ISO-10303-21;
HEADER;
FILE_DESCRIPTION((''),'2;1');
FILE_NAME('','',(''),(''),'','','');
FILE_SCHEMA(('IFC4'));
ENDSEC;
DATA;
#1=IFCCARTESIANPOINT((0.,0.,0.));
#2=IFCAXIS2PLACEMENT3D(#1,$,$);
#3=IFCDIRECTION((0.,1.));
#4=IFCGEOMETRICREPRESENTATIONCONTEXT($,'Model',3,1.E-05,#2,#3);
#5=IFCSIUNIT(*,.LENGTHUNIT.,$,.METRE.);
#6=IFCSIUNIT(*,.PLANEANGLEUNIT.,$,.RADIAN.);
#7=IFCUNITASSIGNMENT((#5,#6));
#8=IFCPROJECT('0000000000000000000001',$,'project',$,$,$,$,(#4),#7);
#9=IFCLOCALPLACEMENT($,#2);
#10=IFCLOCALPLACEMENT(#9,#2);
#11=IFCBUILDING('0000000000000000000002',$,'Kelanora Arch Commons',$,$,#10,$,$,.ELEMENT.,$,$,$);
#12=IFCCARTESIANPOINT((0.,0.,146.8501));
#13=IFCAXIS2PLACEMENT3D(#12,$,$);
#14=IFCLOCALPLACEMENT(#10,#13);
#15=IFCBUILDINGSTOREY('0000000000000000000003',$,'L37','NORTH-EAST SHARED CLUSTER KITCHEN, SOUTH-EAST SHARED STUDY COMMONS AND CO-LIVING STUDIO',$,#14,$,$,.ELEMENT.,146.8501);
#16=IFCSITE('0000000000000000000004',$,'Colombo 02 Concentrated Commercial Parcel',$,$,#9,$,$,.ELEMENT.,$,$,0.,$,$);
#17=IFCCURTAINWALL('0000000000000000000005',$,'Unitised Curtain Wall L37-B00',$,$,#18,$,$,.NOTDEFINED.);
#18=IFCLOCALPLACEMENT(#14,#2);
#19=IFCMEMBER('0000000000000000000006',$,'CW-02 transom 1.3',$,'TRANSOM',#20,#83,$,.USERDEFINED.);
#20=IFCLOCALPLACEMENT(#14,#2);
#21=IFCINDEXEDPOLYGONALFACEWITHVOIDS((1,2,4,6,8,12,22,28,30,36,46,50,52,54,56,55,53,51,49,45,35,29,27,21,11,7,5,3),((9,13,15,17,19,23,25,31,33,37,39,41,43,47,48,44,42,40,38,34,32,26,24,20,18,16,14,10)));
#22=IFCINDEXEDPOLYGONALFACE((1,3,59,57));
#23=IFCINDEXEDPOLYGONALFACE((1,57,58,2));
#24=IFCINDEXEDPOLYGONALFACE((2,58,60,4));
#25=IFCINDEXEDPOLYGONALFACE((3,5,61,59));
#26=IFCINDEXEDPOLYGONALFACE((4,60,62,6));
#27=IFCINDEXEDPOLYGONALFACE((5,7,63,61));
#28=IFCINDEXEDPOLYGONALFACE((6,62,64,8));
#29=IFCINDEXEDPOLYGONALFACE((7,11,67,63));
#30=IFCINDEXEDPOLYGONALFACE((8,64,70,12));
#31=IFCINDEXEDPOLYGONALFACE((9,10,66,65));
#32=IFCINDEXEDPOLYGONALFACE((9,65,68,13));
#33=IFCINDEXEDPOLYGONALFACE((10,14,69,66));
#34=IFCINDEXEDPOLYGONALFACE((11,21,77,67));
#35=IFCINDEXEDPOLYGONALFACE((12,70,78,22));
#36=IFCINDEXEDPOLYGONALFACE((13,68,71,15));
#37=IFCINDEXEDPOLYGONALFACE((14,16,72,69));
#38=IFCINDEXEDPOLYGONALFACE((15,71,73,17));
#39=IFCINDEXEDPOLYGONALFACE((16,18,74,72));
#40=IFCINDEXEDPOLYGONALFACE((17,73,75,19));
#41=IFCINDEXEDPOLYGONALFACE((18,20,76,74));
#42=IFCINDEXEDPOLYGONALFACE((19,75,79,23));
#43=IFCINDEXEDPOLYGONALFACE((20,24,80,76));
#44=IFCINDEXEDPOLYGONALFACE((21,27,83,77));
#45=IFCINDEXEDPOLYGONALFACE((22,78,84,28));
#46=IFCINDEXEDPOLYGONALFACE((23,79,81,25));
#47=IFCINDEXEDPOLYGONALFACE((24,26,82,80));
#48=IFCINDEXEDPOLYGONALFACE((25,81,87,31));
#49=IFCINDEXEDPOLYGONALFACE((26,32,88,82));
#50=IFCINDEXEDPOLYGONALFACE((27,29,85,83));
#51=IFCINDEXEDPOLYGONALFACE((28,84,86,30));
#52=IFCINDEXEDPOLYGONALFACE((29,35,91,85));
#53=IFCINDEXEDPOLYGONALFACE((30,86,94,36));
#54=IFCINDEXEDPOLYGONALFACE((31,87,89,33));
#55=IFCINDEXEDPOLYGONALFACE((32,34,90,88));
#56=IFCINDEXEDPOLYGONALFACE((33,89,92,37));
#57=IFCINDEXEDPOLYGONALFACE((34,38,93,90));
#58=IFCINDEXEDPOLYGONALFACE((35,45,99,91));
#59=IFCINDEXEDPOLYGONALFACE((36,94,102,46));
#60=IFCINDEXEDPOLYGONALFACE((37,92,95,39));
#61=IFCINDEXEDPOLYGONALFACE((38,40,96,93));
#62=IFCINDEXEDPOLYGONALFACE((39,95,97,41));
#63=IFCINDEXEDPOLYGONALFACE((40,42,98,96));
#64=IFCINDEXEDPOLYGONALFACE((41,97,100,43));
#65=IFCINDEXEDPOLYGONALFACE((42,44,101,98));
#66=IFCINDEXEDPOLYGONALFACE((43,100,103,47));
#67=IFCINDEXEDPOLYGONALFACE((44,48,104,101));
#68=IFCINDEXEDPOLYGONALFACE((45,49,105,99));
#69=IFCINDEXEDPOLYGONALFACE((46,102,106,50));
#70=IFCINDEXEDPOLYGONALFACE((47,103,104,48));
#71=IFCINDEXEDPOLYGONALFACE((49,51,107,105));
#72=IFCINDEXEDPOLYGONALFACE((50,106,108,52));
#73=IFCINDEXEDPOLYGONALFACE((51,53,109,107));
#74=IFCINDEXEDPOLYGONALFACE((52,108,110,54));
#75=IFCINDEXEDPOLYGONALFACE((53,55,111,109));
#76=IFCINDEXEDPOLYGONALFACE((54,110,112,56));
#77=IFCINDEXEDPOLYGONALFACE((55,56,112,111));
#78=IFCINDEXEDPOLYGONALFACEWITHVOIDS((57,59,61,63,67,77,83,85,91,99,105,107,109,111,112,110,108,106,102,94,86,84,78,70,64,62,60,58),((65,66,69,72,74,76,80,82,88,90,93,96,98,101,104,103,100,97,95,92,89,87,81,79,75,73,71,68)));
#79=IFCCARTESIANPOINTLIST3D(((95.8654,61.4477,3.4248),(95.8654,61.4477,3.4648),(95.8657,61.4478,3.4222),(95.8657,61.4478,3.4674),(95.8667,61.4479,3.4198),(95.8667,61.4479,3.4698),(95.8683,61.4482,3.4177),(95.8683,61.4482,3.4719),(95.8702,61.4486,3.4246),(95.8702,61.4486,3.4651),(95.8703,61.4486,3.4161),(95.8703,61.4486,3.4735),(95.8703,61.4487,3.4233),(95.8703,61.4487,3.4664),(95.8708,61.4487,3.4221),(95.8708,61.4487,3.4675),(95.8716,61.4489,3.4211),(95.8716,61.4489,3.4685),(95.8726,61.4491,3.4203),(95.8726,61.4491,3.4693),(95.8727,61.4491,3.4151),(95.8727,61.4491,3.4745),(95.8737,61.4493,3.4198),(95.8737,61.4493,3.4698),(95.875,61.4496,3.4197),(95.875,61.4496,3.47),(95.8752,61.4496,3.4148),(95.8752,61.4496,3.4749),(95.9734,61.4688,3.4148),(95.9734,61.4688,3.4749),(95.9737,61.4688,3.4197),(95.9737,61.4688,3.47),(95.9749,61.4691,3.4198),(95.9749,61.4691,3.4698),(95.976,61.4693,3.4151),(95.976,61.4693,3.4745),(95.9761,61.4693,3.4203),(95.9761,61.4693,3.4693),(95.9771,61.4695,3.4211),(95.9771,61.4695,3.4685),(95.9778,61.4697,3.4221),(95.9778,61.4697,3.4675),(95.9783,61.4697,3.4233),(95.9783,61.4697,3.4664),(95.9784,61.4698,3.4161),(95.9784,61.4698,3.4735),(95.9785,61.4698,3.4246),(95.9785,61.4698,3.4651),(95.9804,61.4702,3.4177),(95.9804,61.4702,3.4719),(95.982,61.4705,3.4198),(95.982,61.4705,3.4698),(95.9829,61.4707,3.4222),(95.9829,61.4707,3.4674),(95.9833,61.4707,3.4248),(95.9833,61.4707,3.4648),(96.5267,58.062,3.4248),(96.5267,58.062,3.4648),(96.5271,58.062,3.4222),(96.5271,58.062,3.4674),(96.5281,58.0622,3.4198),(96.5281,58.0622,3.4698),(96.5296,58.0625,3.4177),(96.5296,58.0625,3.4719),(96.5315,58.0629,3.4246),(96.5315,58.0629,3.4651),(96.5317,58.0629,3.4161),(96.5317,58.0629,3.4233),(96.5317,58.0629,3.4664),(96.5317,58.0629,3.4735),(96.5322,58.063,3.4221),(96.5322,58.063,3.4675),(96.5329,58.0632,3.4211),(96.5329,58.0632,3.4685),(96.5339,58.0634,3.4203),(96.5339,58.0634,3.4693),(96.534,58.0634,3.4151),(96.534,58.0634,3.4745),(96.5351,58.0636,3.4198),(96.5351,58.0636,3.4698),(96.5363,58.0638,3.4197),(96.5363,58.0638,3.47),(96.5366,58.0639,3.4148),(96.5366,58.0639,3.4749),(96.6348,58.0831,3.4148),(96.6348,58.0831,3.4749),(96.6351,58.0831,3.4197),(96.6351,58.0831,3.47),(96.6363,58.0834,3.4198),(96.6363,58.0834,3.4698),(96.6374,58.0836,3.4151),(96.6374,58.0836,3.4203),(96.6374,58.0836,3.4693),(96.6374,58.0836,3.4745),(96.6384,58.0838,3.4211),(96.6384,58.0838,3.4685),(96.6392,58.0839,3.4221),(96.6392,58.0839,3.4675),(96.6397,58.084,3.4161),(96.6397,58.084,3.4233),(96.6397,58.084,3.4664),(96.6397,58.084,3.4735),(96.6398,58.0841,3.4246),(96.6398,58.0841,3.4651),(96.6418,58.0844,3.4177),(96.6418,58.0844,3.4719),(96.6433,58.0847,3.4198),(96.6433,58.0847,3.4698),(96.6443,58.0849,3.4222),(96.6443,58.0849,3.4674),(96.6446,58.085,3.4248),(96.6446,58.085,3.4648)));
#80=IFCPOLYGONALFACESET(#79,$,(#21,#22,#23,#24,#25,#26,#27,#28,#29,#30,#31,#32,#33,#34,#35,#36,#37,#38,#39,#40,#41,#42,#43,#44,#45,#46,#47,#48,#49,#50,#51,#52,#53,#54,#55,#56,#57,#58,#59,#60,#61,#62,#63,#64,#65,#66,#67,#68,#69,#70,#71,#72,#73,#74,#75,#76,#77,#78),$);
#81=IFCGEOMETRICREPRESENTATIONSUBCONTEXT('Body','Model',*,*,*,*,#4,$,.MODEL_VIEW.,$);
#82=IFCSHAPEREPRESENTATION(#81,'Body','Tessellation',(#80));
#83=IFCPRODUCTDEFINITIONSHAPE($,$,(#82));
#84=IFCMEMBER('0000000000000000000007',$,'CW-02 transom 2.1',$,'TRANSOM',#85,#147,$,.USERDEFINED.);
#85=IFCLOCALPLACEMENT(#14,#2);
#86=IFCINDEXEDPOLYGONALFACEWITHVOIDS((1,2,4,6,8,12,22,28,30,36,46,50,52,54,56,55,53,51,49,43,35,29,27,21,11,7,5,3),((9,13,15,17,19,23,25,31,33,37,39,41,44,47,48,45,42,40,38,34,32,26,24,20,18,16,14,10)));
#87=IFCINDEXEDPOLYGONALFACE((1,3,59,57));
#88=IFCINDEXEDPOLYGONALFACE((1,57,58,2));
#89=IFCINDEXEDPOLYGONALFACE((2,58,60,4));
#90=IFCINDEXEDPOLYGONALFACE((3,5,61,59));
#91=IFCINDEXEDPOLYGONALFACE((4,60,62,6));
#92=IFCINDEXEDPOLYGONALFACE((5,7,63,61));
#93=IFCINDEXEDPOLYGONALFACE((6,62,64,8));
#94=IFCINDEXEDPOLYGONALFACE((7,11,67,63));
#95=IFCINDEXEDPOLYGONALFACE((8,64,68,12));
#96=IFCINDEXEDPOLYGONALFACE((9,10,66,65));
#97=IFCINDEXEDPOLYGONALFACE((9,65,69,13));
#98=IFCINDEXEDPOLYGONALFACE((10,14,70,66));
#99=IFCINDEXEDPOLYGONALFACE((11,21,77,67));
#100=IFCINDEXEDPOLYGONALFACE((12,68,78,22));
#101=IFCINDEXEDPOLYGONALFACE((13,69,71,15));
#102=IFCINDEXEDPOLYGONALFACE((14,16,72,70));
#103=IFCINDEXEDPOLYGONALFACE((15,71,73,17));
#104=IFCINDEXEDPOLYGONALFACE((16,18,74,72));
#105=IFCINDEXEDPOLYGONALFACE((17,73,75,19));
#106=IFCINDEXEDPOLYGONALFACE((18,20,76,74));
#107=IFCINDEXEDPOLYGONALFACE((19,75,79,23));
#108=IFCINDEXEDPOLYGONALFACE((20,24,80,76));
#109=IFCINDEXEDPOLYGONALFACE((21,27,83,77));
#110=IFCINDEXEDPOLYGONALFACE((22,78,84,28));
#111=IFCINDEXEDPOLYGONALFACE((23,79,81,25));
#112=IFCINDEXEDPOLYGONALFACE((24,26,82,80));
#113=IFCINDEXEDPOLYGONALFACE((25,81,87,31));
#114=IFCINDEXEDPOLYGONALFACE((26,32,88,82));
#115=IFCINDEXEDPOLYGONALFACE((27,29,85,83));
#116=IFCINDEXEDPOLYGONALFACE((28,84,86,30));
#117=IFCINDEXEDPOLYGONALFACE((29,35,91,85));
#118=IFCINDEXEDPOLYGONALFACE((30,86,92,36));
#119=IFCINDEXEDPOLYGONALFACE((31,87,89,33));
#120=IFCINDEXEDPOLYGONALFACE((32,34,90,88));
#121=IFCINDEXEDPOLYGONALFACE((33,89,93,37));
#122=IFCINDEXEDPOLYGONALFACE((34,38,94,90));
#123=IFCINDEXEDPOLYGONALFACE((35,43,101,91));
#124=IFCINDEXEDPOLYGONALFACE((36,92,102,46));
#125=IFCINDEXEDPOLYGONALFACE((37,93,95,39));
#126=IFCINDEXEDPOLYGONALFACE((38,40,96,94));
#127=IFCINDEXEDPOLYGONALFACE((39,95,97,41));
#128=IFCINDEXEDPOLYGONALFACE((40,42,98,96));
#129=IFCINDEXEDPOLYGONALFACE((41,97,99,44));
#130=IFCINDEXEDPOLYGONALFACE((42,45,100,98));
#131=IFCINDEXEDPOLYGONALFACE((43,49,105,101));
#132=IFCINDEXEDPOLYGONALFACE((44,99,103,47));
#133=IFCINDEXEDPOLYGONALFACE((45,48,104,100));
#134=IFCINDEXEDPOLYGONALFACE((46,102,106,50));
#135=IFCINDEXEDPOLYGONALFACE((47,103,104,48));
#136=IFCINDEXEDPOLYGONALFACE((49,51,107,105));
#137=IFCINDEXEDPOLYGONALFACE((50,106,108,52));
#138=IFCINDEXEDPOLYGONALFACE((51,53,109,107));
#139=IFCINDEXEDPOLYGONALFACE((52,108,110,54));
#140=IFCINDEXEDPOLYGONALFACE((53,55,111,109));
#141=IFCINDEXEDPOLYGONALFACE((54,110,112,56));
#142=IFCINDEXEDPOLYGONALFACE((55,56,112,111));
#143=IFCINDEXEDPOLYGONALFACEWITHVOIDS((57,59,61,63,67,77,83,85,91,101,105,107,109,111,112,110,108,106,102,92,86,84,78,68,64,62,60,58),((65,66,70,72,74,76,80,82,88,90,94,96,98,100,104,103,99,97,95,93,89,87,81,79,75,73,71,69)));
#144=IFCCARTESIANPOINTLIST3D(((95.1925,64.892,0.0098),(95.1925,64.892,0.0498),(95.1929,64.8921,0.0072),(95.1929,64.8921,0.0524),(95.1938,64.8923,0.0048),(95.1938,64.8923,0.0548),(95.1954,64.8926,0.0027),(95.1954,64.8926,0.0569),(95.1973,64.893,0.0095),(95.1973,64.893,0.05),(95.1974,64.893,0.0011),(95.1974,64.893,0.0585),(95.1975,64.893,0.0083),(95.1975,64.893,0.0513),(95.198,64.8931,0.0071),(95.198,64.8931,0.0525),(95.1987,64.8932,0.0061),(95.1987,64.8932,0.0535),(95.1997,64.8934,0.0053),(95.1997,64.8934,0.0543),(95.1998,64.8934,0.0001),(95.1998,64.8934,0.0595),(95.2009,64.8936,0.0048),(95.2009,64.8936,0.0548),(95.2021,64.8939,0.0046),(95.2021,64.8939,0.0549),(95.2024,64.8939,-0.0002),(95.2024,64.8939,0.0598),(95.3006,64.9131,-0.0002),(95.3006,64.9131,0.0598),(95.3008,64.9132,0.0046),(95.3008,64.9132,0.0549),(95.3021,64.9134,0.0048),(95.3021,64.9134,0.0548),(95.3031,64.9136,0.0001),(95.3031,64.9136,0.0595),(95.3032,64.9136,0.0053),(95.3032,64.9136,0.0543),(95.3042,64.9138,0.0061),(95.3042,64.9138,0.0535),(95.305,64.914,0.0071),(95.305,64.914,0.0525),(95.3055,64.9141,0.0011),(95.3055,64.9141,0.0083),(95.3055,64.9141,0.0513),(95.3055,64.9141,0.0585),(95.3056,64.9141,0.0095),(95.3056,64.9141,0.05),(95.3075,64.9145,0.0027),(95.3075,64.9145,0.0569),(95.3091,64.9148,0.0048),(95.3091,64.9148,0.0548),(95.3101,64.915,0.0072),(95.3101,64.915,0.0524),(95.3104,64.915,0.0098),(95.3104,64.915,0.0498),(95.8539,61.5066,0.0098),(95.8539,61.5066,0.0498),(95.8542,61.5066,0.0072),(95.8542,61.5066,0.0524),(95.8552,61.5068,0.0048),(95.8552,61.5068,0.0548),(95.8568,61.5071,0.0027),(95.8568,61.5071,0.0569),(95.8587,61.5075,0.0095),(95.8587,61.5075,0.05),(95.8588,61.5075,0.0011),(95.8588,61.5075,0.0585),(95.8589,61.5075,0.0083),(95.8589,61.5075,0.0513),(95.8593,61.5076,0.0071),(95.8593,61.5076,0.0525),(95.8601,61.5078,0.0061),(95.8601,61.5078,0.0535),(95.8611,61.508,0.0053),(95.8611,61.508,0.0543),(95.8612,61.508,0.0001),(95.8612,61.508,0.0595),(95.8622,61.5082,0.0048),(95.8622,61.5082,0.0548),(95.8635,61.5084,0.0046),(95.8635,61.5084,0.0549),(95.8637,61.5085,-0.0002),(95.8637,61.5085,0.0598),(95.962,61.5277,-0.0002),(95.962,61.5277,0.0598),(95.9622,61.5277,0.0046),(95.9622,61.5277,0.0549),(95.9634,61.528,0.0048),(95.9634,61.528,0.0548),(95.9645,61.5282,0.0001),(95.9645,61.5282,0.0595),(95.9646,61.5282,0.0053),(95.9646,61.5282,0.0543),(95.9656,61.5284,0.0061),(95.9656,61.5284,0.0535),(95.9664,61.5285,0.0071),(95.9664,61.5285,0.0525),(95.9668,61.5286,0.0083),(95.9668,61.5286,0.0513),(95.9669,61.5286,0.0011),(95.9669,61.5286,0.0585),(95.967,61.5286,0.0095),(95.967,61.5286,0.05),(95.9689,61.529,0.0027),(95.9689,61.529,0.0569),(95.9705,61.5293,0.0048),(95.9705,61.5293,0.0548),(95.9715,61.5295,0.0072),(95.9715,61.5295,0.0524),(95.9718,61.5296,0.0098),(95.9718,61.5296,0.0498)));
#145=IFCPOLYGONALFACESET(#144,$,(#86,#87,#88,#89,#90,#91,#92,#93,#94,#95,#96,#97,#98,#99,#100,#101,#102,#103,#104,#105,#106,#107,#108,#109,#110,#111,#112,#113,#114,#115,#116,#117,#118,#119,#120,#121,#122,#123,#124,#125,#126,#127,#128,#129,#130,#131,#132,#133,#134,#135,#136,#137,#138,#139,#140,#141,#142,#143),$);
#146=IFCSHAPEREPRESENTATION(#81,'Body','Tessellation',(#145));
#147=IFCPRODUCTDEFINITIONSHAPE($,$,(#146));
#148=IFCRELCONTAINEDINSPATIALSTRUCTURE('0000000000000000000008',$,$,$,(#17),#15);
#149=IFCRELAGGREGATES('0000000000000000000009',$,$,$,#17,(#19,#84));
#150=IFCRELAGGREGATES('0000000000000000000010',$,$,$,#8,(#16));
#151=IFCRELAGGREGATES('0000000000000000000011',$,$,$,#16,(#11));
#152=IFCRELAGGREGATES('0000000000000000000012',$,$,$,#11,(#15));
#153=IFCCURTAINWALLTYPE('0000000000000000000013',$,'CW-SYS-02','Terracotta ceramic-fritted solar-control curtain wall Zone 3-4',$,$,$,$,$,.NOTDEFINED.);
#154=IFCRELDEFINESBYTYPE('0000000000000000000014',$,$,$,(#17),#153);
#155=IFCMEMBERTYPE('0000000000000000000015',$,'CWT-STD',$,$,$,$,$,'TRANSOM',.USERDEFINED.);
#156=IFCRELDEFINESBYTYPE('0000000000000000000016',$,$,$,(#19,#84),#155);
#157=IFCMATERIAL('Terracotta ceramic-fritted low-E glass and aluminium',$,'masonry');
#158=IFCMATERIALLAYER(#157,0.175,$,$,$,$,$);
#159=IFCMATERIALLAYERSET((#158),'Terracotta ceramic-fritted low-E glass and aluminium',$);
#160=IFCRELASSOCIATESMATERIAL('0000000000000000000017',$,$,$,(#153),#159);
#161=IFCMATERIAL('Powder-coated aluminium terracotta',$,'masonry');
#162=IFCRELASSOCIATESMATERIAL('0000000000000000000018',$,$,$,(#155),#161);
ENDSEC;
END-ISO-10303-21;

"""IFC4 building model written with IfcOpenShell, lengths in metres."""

from ifc_helpers import new_model, si_unit, direction, frame, origin, origin_2d, place, context, subcontext, project, spatial, hollow_rectangle, extrude, material, layer, layer_set, material_profile, profile_set, type_object, element, aggregate, save


model = new_model("IFC4")

# Units and contexts
model_context = context("Model", 3, precision=1e-05, world=origin(), true_north=direction((0.0, 1.0)))
body_context = subcontext(model_context, "Body", "Model", "MODEL_VIEW")
ifc_project = project(units=[si_unit("LENGTHUNIT", "METRE"), si_unit("PLANEANGLEUNIT", "RADIAN")], contexts=[model_context])

# Site, building, storey
site_placement = place(None, origin())
site = spatial("IfcSite", under=ifc_project, at=site_placement, Name="Colombo 02 Concentrated Commercial Parcel", CompositionType="ELEMENT", RefElevation=0.0)
building_placement = place(site_placement, origin())
building = spatial("IfcBuilding", under=site, at=building_placement, Name="Kelanora Arch Commons", CompositionType="ELEMENT")
storey_placement = place(building_placement, frame((0.0, 0.0, 146.8501)))
storey = spatial("IfcBuildingStorey", under=building, at=storey_placement, Name="L37", Description="NORTH-EAST SHARED CLUSTER KITCHEN, SOUTH-EAST SHARED STUDY COMMONS AND CO-LIVING STUDIO", CompositionType="ELEMENT", Elevation=146.8501)

# Curtain wall, members
ifc_material_1 = material(Name="Terracotta ceramic-fritted low-E glass and aluminium", Category="masonry")
ifc_layer_1 = layer(ifc_material_1, 0.175)
ifc_layer_set_1 = layer_set([ifc_layer_1], Name="Terracotta ceramic-fritted low-E glass and aluminium")
curtain_wall_type = type_object("IfcCurtainWallType", Name="CW-SYS-02", Description="Terracotta ceramic-fritted solar-control curtain wall Zone 3-4", PredefinedType="NOTDEFINED", material=ifc_layer_set_1)
curtain_wall_placement = place(storey_placement, origin())
curtain_wall = element("IfcCurtainWall", 1, at=curtain_wall_placement, inside=storey, type_object=curtain_wall_type, Name="Unitised Curtain Wall L37-B00", PredefinedType="NOTDEFINED")
ifc_material_2 = material(Name="Powder-coated aluminium terracotta", Category="masonry")
ifc_material_profile_1 = material_profile(ifc_material_2, hollow_rectangle(XDim=0.1201, YDim=0.0601, WallThickness=0.0049, InnerFilletRadius=0.0049, OuterFilletRadius=0.01, at=origin_2d()), Name="CWT120x60")
ifc_profile_set_1 = profile_set([ifc_material_profile_1], Name="Powder-coated aluminium terracotta")
member_type_1 = type_object("IfcMemberType", Name="CWT-STD", ElementType="TRANSOM", PredefinedType="USERDEFINED", material=ifc_profile_set_1)
member_1_placement = place(storey_placement, frame((96.5857, 58.0735, 3.4448), z_axis=(-0.191718, 0.98145, 0.0), x_axis=(-0.98145, -0.191718, 0.0)))
member_1 = element("IfcMember", 2, at=member_1_placement, type_object=member_type_1, Name="CW-02 transom 1.3", ObjectType="TRANSOM", PredefinedType="USERDEFINED", context=body_context, shape_type="SweptSolid", body=[
    extrude(hollow_rectangle(XDim=0.1201, YDim=0.0601, WallThickness=0.0049, InnerFilletRadius=0.0049, OuterFilletRadius=0.01, at=origin_2d()), origin(), (0.0, 0.0, 1.0), 3.4497),
])
member_2_placement = place(storey_placement, frame((95.9128, 61.5181, 0.0298), z_axis=(-0.191732, 0.981447, 0.0), x_axis=(-0.981447, -0.191732, 0.0)))
member_2 = element("IfcMember", 3, at=member_2_placement, type_object=member_type_1, Name="CW-02 transom 2.1", ObjectType="TRANSOM", PredefinedType="USERDEFINED", context=body_context, shape_type="SweptSolid", body=[
    extrude(hollow_rectangle(XDim=0.1201, YDim=0.0601, WallThickness=0.0049, InnerFilletRadius=0.0049, OuterFilletRadius=0.01, at=origin_2d()), origin(), (0.0, 0.0, 1.0), 3.4495),
])
aggregate(curtain_wall, [member_1, member_2])

save(model, "model.ifc")
